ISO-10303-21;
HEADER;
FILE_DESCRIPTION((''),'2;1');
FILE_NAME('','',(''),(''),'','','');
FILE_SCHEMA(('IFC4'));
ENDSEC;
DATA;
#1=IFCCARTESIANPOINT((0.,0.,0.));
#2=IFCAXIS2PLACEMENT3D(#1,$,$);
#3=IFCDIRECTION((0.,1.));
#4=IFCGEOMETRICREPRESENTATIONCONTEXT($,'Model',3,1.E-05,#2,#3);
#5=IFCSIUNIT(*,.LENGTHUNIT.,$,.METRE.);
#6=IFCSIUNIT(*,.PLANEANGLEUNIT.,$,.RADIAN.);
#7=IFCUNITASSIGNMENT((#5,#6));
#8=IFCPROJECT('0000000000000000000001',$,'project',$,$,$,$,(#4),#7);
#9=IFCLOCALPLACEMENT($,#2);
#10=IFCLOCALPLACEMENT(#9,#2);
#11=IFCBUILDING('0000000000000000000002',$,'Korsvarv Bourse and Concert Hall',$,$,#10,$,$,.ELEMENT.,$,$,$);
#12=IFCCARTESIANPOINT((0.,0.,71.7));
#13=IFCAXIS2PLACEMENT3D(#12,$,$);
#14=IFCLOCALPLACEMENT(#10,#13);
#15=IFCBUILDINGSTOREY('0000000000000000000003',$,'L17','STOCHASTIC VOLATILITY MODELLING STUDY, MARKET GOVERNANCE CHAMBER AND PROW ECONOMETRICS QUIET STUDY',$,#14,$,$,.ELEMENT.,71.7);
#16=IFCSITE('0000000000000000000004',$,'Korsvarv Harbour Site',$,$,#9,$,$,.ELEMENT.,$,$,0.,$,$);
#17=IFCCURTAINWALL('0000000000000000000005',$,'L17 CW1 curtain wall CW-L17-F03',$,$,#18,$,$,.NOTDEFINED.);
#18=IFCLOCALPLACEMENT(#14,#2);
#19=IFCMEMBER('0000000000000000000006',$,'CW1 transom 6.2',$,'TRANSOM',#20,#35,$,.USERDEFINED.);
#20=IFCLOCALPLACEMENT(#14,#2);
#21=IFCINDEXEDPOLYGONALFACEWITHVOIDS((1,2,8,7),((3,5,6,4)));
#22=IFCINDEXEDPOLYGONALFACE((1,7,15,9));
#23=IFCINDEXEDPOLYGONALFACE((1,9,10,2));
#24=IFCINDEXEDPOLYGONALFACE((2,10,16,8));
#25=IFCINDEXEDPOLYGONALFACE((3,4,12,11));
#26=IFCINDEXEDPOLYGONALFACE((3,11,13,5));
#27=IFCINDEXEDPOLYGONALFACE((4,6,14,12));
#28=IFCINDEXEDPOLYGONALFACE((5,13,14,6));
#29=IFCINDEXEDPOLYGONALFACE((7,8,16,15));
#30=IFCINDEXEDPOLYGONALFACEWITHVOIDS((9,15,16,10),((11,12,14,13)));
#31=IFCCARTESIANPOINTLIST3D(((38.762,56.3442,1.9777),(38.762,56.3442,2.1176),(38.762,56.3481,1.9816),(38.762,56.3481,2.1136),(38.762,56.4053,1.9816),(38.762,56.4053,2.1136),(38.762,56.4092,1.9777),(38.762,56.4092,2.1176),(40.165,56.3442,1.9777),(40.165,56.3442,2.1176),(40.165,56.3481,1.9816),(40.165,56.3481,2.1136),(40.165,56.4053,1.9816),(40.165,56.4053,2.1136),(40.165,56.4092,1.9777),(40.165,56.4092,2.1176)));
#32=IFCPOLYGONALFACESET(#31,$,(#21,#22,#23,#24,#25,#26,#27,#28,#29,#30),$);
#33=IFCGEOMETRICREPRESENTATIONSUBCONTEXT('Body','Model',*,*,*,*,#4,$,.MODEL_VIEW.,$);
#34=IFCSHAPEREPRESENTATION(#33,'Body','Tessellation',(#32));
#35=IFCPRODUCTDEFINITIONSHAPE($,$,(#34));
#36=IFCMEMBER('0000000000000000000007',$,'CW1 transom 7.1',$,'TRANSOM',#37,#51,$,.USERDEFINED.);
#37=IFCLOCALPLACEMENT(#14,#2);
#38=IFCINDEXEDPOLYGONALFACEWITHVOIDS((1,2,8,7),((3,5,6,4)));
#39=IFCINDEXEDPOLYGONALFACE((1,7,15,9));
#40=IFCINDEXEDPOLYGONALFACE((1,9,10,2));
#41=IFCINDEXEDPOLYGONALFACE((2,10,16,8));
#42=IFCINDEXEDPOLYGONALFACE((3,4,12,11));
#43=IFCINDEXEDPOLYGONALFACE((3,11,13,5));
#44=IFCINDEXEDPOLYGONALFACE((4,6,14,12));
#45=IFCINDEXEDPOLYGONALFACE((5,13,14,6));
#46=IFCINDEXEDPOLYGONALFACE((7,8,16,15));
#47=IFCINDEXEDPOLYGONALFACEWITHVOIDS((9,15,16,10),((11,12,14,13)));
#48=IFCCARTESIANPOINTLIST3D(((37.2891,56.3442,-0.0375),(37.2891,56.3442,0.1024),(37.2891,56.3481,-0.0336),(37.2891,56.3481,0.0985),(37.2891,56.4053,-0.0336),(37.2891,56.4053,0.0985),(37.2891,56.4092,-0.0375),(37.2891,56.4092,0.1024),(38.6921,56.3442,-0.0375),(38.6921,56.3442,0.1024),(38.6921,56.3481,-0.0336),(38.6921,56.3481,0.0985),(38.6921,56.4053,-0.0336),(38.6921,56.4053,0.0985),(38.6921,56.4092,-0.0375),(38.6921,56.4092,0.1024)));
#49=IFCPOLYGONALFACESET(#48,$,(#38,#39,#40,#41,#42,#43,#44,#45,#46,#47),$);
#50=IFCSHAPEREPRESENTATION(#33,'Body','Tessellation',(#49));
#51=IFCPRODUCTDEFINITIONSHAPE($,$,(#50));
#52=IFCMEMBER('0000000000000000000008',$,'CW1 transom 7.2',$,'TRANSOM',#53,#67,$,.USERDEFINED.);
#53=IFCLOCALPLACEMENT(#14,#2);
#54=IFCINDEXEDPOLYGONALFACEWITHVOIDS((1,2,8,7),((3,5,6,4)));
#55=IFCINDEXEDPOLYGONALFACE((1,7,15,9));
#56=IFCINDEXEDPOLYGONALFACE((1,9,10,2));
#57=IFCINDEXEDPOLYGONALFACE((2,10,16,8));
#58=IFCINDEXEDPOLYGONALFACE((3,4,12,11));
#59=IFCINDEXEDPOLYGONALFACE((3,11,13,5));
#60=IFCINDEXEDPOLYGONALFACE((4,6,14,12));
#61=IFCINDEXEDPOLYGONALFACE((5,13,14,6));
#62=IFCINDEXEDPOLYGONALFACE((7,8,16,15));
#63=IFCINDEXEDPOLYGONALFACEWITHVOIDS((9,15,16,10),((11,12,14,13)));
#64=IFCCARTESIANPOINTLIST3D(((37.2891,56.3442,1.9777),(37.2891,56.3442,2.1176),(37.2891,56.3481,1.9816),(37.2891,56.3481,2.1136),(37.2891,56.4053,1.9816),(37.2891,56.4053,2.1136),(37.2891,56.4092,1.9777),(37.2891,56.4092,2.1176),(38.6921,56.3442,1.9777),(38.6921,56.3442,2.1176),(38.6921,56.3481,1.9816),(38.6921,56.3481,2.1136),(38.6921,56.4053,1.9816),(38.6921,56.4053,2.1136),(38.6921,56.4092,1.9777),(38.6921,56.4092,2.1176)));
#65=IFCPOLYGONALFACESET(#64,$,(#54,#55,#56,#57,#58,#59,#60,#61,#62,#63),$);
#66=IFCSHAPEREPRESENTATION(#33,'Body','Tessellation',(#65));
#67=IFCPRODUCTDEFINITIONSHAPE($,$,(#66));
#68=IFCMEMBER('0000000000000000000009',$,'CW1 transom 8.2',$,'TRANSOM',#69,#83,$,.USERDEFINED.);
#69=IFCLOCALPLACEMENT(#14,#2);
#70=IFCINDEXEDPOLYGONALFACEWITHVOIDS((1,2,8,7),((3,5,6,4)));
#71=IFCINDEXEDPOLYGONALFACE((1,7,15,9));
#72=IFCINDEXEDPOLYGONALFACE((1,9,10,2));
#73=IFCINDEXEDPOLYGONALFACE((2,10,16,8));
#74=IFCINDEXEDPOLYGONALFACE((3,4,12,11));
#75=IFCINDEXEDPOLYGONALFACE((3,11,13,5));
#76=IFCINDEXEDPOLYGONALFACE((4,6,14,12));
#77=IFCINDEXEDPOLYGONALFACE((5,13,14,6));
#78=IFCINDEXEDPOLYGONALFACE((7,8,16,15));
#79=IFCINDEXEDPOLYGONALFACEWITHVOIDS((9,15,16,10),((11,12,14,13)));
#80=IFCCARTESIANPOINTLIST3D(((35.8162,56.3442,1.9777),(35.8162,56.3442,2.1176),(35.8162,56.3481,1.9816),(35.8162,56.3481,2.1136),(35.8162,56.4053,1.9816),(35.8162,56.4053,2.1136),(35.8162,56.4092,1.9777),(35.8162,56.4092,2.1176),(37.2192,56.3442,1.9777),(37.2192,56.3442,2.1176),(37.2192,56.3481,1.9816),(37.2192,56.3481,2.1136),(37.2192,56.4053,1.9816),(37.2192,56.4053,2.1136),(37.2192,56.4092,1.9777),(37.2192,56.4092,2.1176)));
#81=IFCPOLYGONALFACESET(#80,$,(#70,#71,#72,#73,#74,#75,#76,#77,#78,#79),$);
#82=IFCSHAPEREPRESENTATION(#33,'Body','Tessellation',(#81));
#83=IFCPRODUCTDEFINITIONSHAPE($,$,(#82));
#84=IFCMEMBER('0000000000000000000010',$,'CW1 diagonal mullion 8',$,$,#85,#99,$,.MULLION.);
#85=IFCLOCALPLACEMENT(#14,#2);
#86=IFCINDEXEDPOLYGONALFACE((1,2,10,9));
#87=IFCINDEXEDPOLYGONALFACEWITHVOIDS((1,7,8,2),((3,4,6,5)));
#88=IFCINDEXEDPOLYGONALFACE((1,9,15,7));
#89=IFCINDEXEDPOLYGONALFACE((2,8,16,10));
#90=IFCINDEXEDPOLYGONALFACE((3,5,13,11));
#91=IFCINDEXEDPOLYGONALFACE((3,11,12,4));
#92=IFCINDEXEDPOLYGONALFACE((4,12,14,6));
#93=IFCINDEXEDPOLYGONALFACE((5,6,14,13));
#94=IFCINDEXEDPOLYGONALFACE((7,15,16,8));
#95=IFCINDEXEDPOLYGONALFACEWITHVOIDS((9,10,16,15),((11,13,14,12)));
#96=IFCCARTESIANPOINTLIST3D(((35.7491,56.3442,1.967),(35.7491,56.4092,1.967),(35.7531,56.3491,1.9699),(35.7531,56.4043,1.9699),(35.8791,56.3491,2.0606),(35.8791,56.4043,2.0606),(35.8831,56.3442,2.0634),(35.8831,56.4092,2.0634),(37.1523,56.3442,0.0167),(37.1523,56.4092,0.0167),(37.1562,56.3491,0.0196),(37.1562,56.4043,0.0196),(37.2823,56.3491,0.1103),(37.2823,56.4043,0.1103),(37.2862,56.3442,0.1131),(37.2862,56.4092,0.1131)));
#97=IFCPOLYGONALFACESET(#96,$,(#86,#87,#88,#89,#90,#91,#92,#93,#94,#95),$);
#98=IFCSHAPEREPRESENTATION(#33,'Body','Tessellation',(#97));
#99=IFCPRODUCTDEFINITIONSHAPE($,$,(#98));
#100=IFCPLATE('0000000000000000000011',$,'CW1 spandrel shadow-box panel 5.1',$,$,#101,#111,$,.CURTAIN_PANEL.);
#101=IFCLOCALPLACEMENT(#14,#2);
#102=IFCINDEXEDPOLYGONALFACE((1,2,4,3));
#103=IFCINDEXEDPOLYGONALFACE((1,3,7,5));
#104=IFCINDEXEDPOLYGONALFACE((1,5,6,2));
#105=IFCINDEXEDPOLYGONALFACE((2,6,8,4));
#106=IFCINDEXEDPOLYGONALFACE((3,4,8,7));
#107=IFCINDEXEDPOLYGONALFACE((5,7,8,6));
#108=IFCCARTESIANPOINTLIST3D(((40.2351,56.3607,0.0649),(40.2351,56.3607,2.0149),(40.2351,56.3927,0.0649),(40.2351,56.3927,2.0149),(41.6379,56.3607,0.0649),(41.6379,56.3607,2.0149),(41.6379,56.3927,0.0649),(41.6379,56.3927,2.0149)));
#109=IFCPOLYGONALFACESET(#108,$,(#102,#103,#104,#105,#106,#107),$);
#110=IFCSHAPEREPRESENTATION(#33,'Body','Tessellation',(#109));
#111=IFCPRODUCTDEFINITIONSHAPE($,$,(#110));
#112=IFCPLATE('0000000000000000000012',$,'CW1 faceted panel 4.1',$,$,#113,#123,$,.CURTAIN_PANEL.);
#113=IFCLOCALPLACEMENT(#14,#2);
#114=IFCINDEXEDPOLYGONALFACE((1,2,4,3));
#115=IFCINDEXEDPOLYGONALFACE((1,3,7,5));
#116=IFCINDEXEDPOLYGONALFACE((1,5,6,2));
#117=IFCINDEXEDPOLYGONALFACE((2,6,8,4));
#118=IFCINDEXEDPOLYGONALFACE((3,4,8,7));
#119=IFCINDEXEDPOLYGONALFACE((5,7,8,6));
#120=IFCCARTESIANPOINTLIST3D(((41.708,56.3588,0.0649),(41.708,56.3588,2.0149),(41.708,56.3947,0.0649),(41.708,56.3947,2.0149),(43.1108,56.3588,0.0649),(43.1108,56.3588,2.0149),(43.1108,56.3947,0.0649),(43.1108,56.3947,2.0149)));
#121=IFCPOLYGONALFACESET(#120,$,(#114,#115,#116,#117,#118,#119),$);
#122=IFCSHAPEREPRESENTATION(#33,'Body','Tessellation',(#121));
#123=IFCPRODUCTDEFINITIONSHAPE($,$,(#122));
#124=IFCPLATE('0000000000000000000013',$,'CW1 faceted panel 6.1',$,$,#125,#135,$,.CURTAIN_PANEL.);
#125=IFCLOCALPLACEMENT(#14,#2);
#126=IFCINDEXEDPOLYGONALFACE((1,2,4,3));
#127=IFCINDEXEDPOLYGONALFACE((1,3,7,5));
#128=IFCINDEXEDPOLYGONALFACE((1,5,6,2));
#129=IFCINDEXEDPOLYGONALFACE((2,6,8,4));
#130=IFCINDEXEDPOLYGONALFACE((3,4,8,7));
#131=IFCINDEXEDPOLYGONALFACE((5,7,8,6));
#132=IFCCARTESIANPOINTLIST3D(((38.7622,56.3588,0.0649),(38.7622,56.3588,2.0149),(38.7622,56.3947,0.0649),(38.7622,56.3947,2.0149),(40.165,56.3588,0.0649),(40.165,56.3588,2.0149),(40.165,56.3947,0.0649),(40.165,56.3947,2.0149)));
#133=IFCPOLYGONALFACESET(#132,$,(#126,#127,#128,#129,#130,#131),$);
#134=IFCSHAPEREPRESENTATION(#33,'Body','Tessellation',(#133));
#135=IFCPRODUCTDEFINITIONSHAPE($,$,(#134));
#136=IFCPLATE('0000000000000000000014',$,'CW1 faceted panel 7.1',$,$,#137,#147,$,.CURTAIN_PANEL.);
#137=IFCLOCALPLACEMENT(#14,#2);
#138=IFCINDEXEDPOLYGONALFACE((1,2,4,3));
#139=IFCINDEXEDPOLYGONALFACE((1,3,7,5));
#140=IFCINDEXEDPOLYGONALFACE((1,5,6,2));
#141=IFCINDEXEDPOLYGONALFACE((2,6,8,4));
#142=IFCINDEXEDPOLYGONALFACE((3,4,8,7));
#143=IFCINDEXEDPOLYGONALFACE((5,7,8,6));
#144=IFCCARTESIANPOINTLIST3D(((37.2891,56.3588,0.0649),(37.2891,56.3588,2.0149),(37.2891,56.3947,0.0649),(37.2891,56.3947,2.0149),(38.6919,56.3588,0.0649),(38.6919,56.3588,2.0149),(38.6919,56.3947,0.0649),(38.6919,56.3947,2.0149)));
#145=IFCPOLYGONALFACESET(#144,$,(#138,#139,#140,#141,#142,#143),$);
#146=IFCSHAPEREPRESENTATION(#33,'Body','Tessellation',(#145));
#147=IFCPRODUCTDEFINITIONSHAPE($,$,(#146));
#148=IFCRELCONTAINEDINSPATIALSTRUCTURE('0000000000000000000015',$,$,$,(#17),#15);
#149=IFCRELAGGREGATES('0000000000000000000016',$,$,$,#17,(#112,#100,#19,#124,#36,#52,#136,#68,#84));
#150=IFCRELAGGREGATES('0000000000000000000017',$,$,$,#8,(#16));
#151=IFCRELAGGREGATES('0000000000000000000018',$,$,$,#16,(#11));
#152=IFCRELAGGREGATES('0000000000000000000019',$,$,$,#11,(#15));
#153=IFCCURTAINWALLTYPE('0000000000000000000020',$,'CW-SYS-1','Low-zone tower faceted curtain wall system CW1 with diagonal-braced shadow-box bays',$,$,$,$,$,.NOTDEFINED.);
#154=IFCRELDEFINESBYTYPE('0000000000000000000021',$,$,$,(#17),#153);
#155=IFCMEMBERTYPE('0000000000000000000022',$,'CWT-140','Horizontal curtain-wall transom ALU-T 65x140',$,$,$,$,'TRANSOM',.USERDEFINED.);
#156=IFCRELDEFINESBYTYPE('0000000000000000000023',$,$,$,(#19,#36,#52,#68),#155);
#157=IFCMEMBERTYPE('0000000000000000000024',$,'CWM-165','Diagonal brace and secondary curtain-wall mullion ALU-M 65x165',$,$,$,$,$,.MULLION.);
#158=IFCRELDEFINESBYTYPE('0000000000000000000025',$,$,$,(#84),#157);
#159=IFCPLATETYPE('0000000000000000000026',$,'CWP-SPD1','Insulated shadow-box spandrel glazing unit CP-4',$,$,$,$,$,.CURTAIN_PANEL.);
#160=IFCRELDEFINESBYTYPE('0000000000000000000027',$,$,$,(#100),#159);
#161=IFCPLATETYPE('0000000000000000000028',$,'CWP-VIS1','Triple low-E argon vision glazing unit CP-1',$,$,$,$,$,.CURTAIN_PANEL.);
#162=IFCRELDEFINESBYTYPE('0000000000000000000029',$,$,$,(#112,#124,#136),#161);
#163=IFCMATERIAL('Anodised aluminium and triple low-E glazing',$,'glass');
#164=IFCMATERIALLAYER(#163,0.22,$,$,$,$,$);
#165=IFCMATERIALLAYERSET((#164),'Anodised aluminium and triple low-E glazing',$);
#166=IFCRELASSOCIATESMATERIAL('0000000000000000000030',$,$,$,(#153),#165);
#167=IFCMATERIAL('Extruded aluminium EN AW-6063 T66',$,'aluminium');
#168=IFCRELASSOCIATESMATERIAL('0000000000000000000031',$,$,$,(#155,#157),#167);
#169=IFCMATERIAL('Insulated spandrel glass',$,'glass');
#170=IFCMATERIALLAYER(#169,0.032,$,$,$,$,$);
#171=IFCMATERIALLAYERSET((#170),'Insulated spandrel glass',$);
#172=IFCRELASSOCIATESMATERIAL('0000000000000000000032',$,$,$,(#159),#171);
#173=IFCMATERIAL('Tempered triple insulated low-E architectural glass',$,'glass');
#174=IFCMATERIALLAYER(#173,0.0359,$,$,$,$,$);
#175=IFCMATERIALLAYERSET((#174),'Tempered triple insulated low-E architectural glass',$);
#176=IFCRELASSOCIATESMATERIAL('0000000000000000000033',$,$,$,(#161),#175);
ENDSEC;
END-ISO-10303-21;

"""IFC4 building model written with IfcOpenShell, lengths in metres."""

from ifc_helpers import new_model, si_unit, direction, frame, origin, origin_2d, place, context, subcontext, project, spatial, rectangle, hollow_rectangle, extrude, source, transform, mapped, material, layer, layer_set, material_profile, profile_set, type_object, element, aggregate, save


model = new_model("IFC4")

# Units and contexts
model_context = context("Model", 3, precision=1e-05, world=origin(), true_north=direction((0.0, 1.0)))
body_context = subcontext(model_context, "Body", "Model", "MODEL_VIEW")
ifc_project = project(units=[si_unit("LENGTHUNIT", "METRE"), si_unit("PLANEANGLEUNIT", "RADIAN")], contexts=[model_context])

# Site, building, storey
site_placement = place(None, origin())
site = spatial("IfcSite", under=ifc_project, at=site_placement, Name="Korsvarv Harbour Site", CompositionType="ELEMENT", RefElevation=0.0)
building_placement = place(site_placement, origin())
building = spatial("IfcBuilding", under=site, at=building_placement, Name="Korsvarv Bourse and Concert Hall", CompositionType="ELEMENT")
storey_placement = place(building_placement, frame((0.0, 0.0, 71.7)))
storey = spatial("IfcBuildingStorey", under=building, at=storey_placement, Name="L17", Description="STOCHASTIC VOLATILITY MODELLING STUDY, MARKET GOVERNANCE CHAMBER AND PROW ECONOMETRICS QUIET STUDY", CompositionType="ELEMENT", Elevation=71.7)

# Curtain wall, members, plates
ifc_material_1 = material(Name="Anodised aluminium and triple low-E glazing", Category="glass")
ifc_layer_1 = layer(ifc_material_1, 0.22)
ifc_layer_set_1 = layer_set([ifc_layer_1], Name="Anodised aluminium and triple low-E glazing")
curtain_wall_type = type_object("IfcCurtainWallType", Name="CW-SYS-1", Description="Low-zone tower faceted curtain wall system CW1 with diagonal-braced shadow-box bays", PredefinedType="NOTDEFINED", material=ifc_layer_set_1)
curtain_wall_placement = place(storey_placement, origin())
curtain_wall = element("IfcCurtainWall", 1, at=curtain_wall_placement, inside=storey, type_object=curtain_wall_type, Name="L17 CW1 curtain wall CW-L17-F03", PredefinedType="NOTDEFINED")
ifc_material_2 = material(Name="Extruded aluminium EN AW-6063 T66", Category="aluminium")
ifc_material_profile_1 = material_profile(ifc_material_2, hollow_rectangle(XDim=0.0649, YDim=0.1399, WallThickness=0.0039, at=origin_2d()), Name="ALU-T 65x140")
ifc_profile_set_1 = profile_set([ifc_material_profile_1], Name="Extruded aluminium EN AW-6063 T66")
member_type_1 = type_object("IfcMemberType", Name="CWT-140", Description="Horizontal curtain-wall transom ALU-T 65x140", ElementType="TRANSOM", PredefinedType="USERDEFINED", material=ifc_profile_set_1)
ifc_material_profile_2 = material_profile(ifc_material_2, hollow_rectangle(XDim=0.0649, YDim=0.165, WallThickness=0.0049, at=origin_2d()), Name="ALU-M 65x165")
ifc_profile_set_2 = profile_set([ifc_material_profile_2], Name="Extruded aluminium EN AW-6063 T66")
member_type_2 = type_object("IfcMemberType", Name="CWM-165", Description="Diagonal brace and secondary curtain-wall mullion ALU-M 65x165", PredefinedType="MULLION", material=ifc_profile_set_2)
shared_shape_1 = source(origin(), body_context, "Body", "SweptSolid", [
    extrude(hollow_rectangle(XDim=0.0649, YDim=0.1399, WallThickness=0.0039, at=origin_2d()), origin(), (0.0, 0.0, 1.0), 1.4031),
])
member_1_placement = place(storey_placement, frame((40.165, 56.3767, 2.0476), z_axis=(-1.0, 0.0, 0.0), x_axis=(0.0, -1.0, 0.0)))
member_1 = element("IfcMember", 2, at=member_1_placement, type_object=member_type_1, Name="CW1 transom 6.2", ObjectType="TRANSOM", PredefinedType="USERDEFINED", context=body_context, shape_type="MappedRepresentation", body=[
    mapped(shared_shape_1, transform((0.0, 0.0, 0.0), scale=1.0)),
])
member_2_placement = place(storey_placement, frame((38.6921, 56.3767, 0.0325), z_axis=(-1.0, 0.0, 0.0), x_axis=(0.0, -1.0, 0.0)))
member_2 = element("IfcMember", 3, at=member_2_placement, type_object=member_type_1, Name="CW1 transom 7.1", ObjectType="TRANSOM", PredefinedType="USERDEFINED", context=body_context, shape_type="MappedRepresentation", body=[
    mapped(shared_shape_1, transform((0.0, 0.0, 0.0), scale=1.0)),
])
member_3_placement = place(storey_placement, frame((38.6921, 56.3767, 2.0476), z_axis=(-1.0, 0.0, 0.0), x_axis=(0.0, -1.0, 0.0)))
member_3 = element("IfcMember", 4, at=member_3_placement, type_object=member_type_1, Name="CW1 transom 7.2", ObjectType="TRANSOM", PredefinedType="USERDEFINED", context=body_context, shape_type="MappedRepresentation", body=[
    mapped(shared_shape_1, transform((0.0, 0.0, 0.0), scale=1.0)),
])
member_4_placement = place(storey_placement, frame((37.2192, 56.3767, 2.0476), z_axis=(-1.0, 0.0, 0.0), x_axis=(0.0, -1.0, 0.0)))
member_4 = element("IfcMember", 5, at=member_4_placement, type_object=member_type_1, Name="CW1 transom 8.2", ObjectType="TRANSOM", PredefinedType="USERDEFINED", context=body_context, shape_type="MappedRepresentation", body=[
    mapped(shared_shape_1, transform((0.0, 0.0, 0.0), scale=1.0)),
])
shared_shape_2 = source(origin(), body_context, "Body", "SweptSolid", [
    extrude(hollow_rectangle(XDim=0.0649, YDim=0.165, WallThickness=0.0049, at=origin_2d()), origin(), (0.0, 0.0, 1.0), 2.4026),
])
member_5_placement = place(storey_placement, frame((37.2192, 56.3767, 0.0649), z_axis=(-0.584013, 0.0, 0.811744), x_axis=(0.0, -1.0, 0.0)))
member_5 = element("IfcMember", 6, at=member_5_placement, type_object=member_type_2, Name="CW1 diagonal mullion 8", PredefinedType="MULLION", context=body_context, shape_type="MappedRepresentation", body=[
    mapped(shared_shape_2, transform((0.0, 0.0, 0.0), scale=1.0)),
])
ifc_material_3 = material(Name="Insulated spandrel glass", Category="glass")
ifc_layer_2 = layer(ifc_material_3, 0.032)
ifc_layer_set_2 = layer_set([ifc_layer_2], Name="Insulated spandrel glass")
plate_type_1 = type_object("IfcPlateType", Name="CWP-SPD1", Description="Insulated shadow-box spandrel glazing unit CP-4", PredefinedType="CURTAIN_PANEL", material=ifc_layer_set_2)
shared_shape_3 = source(origin(), body_context, "Body", "SweptSolid", [
    extrude(rectangle(XDim=1.4028, YDim=0.032, at=origin_2d()), origin(), (0.0, 0.0, 1.0), 1.95),
])
plate_1_placement = place(storey_placement, frame((40.9365, 56.3767, 0.0649), z_axis=(0.0, 0.0, 1.0), x_axis=(-1.0, 0.0, 0.0)))
plate_1 = element("IfcPlate", 7, at=plate_1_placement, type_object=plate_type_1, Name="CW1 spandrel shadow-box panel 5.1", PredefinedType="CURTAIN_PANEL", context=body_context, shape_type="MappedRepresentation", body=[
    mapped(shared_shape_3, transform((0.0, 0.0, 0.0), scale=1.0)),
])
ifc_material_4 = material(Name="Tempered triple insulated low-E architectural glass", Category="glass")
ifc_layer_3 = layer(ifc_material_4, 0.0359)
ifc_layer_set_3 = layer_set([ifc_layer_3], Name="Tempered triple insulated low-E architectural glass")
plate_type_2 = type_object("IfcPlateType", Name="CWP-VIS1", Description="Triple low-E argon vision glazing unit CP-1", PredefinedType="CURTAIN_PANEL", material=ifc_layer_set_3)
shared_shape_4 = source(origin(), body_context, "Body", "SweptSolid", [
    extrude(rectangle(XDim=1.4028, YDim=0.0359, at=origin_2d()), origin(), (0.0, 0.0, 1.0), 1.95),
])
plate_2_placement = place(storey_placement, frame((42.4094, 56.3767, 0.0649), z_axis=(0.0, 0.0, 1.0), x_axis=(-1.0, 0.0, 0.0)))
plate_2 = element("IfcPlate", 8, at=plate_2_placement, type_object=plate_type_2, Name="CW1 faceted panel 4.1", PredefinedType="CURTAIN_PANEL", context=body_context, shape_type="MappedRepresentation", body=[
    mapped(shared_shape_4, transform((0.0, 0.0, 0.0), scale=1.0)),
])
plate_3_placement = place(storey_placement, frame((39.4636, 56.3767, 0.0649), z_axis=(0.0, 0.0, 1.0), x_axis=(-1.0, 0.0, 0.0)))
plate_3 = element("IfcPlate", 9, at=plate_3_placement, type_object=plate_type_2, Name="CW1 faceted panel 6.1", PredefinedType="CURTAIN_PANEL", context=body_context, shape_type="MappedRepresentation", body=[
    mapped(shared_shape_4, transform((0.0, 0.0, 0.0), scale=1.0)),
])
plate_4_placement = place(storey_placement, frame((37.9905, 56.3767, 0.0649), z_axis=(0.0, 0.0, 1.0), x_axis=(-1.0, 0.0, 0.0)))
plate_4 = element("IfcPlate", 10, at=plate_4_placement, type_object=plate_type_2, Name="CW1 faceted panel 7.1", PredefinedType="CURTAIN_PANEL", context=body_context, shape_type="MappedRepresentation", body=[
    mapped(shared_shape_4, transform((0.0, 0.0, 0.0), scale=1.0)),
])
aggregate(curtain_wall, [plate_2, plate_1, member_1, plate_3, member_2, member_3, plate_4, member_4, member_5])

save(model, "model.ifc")
